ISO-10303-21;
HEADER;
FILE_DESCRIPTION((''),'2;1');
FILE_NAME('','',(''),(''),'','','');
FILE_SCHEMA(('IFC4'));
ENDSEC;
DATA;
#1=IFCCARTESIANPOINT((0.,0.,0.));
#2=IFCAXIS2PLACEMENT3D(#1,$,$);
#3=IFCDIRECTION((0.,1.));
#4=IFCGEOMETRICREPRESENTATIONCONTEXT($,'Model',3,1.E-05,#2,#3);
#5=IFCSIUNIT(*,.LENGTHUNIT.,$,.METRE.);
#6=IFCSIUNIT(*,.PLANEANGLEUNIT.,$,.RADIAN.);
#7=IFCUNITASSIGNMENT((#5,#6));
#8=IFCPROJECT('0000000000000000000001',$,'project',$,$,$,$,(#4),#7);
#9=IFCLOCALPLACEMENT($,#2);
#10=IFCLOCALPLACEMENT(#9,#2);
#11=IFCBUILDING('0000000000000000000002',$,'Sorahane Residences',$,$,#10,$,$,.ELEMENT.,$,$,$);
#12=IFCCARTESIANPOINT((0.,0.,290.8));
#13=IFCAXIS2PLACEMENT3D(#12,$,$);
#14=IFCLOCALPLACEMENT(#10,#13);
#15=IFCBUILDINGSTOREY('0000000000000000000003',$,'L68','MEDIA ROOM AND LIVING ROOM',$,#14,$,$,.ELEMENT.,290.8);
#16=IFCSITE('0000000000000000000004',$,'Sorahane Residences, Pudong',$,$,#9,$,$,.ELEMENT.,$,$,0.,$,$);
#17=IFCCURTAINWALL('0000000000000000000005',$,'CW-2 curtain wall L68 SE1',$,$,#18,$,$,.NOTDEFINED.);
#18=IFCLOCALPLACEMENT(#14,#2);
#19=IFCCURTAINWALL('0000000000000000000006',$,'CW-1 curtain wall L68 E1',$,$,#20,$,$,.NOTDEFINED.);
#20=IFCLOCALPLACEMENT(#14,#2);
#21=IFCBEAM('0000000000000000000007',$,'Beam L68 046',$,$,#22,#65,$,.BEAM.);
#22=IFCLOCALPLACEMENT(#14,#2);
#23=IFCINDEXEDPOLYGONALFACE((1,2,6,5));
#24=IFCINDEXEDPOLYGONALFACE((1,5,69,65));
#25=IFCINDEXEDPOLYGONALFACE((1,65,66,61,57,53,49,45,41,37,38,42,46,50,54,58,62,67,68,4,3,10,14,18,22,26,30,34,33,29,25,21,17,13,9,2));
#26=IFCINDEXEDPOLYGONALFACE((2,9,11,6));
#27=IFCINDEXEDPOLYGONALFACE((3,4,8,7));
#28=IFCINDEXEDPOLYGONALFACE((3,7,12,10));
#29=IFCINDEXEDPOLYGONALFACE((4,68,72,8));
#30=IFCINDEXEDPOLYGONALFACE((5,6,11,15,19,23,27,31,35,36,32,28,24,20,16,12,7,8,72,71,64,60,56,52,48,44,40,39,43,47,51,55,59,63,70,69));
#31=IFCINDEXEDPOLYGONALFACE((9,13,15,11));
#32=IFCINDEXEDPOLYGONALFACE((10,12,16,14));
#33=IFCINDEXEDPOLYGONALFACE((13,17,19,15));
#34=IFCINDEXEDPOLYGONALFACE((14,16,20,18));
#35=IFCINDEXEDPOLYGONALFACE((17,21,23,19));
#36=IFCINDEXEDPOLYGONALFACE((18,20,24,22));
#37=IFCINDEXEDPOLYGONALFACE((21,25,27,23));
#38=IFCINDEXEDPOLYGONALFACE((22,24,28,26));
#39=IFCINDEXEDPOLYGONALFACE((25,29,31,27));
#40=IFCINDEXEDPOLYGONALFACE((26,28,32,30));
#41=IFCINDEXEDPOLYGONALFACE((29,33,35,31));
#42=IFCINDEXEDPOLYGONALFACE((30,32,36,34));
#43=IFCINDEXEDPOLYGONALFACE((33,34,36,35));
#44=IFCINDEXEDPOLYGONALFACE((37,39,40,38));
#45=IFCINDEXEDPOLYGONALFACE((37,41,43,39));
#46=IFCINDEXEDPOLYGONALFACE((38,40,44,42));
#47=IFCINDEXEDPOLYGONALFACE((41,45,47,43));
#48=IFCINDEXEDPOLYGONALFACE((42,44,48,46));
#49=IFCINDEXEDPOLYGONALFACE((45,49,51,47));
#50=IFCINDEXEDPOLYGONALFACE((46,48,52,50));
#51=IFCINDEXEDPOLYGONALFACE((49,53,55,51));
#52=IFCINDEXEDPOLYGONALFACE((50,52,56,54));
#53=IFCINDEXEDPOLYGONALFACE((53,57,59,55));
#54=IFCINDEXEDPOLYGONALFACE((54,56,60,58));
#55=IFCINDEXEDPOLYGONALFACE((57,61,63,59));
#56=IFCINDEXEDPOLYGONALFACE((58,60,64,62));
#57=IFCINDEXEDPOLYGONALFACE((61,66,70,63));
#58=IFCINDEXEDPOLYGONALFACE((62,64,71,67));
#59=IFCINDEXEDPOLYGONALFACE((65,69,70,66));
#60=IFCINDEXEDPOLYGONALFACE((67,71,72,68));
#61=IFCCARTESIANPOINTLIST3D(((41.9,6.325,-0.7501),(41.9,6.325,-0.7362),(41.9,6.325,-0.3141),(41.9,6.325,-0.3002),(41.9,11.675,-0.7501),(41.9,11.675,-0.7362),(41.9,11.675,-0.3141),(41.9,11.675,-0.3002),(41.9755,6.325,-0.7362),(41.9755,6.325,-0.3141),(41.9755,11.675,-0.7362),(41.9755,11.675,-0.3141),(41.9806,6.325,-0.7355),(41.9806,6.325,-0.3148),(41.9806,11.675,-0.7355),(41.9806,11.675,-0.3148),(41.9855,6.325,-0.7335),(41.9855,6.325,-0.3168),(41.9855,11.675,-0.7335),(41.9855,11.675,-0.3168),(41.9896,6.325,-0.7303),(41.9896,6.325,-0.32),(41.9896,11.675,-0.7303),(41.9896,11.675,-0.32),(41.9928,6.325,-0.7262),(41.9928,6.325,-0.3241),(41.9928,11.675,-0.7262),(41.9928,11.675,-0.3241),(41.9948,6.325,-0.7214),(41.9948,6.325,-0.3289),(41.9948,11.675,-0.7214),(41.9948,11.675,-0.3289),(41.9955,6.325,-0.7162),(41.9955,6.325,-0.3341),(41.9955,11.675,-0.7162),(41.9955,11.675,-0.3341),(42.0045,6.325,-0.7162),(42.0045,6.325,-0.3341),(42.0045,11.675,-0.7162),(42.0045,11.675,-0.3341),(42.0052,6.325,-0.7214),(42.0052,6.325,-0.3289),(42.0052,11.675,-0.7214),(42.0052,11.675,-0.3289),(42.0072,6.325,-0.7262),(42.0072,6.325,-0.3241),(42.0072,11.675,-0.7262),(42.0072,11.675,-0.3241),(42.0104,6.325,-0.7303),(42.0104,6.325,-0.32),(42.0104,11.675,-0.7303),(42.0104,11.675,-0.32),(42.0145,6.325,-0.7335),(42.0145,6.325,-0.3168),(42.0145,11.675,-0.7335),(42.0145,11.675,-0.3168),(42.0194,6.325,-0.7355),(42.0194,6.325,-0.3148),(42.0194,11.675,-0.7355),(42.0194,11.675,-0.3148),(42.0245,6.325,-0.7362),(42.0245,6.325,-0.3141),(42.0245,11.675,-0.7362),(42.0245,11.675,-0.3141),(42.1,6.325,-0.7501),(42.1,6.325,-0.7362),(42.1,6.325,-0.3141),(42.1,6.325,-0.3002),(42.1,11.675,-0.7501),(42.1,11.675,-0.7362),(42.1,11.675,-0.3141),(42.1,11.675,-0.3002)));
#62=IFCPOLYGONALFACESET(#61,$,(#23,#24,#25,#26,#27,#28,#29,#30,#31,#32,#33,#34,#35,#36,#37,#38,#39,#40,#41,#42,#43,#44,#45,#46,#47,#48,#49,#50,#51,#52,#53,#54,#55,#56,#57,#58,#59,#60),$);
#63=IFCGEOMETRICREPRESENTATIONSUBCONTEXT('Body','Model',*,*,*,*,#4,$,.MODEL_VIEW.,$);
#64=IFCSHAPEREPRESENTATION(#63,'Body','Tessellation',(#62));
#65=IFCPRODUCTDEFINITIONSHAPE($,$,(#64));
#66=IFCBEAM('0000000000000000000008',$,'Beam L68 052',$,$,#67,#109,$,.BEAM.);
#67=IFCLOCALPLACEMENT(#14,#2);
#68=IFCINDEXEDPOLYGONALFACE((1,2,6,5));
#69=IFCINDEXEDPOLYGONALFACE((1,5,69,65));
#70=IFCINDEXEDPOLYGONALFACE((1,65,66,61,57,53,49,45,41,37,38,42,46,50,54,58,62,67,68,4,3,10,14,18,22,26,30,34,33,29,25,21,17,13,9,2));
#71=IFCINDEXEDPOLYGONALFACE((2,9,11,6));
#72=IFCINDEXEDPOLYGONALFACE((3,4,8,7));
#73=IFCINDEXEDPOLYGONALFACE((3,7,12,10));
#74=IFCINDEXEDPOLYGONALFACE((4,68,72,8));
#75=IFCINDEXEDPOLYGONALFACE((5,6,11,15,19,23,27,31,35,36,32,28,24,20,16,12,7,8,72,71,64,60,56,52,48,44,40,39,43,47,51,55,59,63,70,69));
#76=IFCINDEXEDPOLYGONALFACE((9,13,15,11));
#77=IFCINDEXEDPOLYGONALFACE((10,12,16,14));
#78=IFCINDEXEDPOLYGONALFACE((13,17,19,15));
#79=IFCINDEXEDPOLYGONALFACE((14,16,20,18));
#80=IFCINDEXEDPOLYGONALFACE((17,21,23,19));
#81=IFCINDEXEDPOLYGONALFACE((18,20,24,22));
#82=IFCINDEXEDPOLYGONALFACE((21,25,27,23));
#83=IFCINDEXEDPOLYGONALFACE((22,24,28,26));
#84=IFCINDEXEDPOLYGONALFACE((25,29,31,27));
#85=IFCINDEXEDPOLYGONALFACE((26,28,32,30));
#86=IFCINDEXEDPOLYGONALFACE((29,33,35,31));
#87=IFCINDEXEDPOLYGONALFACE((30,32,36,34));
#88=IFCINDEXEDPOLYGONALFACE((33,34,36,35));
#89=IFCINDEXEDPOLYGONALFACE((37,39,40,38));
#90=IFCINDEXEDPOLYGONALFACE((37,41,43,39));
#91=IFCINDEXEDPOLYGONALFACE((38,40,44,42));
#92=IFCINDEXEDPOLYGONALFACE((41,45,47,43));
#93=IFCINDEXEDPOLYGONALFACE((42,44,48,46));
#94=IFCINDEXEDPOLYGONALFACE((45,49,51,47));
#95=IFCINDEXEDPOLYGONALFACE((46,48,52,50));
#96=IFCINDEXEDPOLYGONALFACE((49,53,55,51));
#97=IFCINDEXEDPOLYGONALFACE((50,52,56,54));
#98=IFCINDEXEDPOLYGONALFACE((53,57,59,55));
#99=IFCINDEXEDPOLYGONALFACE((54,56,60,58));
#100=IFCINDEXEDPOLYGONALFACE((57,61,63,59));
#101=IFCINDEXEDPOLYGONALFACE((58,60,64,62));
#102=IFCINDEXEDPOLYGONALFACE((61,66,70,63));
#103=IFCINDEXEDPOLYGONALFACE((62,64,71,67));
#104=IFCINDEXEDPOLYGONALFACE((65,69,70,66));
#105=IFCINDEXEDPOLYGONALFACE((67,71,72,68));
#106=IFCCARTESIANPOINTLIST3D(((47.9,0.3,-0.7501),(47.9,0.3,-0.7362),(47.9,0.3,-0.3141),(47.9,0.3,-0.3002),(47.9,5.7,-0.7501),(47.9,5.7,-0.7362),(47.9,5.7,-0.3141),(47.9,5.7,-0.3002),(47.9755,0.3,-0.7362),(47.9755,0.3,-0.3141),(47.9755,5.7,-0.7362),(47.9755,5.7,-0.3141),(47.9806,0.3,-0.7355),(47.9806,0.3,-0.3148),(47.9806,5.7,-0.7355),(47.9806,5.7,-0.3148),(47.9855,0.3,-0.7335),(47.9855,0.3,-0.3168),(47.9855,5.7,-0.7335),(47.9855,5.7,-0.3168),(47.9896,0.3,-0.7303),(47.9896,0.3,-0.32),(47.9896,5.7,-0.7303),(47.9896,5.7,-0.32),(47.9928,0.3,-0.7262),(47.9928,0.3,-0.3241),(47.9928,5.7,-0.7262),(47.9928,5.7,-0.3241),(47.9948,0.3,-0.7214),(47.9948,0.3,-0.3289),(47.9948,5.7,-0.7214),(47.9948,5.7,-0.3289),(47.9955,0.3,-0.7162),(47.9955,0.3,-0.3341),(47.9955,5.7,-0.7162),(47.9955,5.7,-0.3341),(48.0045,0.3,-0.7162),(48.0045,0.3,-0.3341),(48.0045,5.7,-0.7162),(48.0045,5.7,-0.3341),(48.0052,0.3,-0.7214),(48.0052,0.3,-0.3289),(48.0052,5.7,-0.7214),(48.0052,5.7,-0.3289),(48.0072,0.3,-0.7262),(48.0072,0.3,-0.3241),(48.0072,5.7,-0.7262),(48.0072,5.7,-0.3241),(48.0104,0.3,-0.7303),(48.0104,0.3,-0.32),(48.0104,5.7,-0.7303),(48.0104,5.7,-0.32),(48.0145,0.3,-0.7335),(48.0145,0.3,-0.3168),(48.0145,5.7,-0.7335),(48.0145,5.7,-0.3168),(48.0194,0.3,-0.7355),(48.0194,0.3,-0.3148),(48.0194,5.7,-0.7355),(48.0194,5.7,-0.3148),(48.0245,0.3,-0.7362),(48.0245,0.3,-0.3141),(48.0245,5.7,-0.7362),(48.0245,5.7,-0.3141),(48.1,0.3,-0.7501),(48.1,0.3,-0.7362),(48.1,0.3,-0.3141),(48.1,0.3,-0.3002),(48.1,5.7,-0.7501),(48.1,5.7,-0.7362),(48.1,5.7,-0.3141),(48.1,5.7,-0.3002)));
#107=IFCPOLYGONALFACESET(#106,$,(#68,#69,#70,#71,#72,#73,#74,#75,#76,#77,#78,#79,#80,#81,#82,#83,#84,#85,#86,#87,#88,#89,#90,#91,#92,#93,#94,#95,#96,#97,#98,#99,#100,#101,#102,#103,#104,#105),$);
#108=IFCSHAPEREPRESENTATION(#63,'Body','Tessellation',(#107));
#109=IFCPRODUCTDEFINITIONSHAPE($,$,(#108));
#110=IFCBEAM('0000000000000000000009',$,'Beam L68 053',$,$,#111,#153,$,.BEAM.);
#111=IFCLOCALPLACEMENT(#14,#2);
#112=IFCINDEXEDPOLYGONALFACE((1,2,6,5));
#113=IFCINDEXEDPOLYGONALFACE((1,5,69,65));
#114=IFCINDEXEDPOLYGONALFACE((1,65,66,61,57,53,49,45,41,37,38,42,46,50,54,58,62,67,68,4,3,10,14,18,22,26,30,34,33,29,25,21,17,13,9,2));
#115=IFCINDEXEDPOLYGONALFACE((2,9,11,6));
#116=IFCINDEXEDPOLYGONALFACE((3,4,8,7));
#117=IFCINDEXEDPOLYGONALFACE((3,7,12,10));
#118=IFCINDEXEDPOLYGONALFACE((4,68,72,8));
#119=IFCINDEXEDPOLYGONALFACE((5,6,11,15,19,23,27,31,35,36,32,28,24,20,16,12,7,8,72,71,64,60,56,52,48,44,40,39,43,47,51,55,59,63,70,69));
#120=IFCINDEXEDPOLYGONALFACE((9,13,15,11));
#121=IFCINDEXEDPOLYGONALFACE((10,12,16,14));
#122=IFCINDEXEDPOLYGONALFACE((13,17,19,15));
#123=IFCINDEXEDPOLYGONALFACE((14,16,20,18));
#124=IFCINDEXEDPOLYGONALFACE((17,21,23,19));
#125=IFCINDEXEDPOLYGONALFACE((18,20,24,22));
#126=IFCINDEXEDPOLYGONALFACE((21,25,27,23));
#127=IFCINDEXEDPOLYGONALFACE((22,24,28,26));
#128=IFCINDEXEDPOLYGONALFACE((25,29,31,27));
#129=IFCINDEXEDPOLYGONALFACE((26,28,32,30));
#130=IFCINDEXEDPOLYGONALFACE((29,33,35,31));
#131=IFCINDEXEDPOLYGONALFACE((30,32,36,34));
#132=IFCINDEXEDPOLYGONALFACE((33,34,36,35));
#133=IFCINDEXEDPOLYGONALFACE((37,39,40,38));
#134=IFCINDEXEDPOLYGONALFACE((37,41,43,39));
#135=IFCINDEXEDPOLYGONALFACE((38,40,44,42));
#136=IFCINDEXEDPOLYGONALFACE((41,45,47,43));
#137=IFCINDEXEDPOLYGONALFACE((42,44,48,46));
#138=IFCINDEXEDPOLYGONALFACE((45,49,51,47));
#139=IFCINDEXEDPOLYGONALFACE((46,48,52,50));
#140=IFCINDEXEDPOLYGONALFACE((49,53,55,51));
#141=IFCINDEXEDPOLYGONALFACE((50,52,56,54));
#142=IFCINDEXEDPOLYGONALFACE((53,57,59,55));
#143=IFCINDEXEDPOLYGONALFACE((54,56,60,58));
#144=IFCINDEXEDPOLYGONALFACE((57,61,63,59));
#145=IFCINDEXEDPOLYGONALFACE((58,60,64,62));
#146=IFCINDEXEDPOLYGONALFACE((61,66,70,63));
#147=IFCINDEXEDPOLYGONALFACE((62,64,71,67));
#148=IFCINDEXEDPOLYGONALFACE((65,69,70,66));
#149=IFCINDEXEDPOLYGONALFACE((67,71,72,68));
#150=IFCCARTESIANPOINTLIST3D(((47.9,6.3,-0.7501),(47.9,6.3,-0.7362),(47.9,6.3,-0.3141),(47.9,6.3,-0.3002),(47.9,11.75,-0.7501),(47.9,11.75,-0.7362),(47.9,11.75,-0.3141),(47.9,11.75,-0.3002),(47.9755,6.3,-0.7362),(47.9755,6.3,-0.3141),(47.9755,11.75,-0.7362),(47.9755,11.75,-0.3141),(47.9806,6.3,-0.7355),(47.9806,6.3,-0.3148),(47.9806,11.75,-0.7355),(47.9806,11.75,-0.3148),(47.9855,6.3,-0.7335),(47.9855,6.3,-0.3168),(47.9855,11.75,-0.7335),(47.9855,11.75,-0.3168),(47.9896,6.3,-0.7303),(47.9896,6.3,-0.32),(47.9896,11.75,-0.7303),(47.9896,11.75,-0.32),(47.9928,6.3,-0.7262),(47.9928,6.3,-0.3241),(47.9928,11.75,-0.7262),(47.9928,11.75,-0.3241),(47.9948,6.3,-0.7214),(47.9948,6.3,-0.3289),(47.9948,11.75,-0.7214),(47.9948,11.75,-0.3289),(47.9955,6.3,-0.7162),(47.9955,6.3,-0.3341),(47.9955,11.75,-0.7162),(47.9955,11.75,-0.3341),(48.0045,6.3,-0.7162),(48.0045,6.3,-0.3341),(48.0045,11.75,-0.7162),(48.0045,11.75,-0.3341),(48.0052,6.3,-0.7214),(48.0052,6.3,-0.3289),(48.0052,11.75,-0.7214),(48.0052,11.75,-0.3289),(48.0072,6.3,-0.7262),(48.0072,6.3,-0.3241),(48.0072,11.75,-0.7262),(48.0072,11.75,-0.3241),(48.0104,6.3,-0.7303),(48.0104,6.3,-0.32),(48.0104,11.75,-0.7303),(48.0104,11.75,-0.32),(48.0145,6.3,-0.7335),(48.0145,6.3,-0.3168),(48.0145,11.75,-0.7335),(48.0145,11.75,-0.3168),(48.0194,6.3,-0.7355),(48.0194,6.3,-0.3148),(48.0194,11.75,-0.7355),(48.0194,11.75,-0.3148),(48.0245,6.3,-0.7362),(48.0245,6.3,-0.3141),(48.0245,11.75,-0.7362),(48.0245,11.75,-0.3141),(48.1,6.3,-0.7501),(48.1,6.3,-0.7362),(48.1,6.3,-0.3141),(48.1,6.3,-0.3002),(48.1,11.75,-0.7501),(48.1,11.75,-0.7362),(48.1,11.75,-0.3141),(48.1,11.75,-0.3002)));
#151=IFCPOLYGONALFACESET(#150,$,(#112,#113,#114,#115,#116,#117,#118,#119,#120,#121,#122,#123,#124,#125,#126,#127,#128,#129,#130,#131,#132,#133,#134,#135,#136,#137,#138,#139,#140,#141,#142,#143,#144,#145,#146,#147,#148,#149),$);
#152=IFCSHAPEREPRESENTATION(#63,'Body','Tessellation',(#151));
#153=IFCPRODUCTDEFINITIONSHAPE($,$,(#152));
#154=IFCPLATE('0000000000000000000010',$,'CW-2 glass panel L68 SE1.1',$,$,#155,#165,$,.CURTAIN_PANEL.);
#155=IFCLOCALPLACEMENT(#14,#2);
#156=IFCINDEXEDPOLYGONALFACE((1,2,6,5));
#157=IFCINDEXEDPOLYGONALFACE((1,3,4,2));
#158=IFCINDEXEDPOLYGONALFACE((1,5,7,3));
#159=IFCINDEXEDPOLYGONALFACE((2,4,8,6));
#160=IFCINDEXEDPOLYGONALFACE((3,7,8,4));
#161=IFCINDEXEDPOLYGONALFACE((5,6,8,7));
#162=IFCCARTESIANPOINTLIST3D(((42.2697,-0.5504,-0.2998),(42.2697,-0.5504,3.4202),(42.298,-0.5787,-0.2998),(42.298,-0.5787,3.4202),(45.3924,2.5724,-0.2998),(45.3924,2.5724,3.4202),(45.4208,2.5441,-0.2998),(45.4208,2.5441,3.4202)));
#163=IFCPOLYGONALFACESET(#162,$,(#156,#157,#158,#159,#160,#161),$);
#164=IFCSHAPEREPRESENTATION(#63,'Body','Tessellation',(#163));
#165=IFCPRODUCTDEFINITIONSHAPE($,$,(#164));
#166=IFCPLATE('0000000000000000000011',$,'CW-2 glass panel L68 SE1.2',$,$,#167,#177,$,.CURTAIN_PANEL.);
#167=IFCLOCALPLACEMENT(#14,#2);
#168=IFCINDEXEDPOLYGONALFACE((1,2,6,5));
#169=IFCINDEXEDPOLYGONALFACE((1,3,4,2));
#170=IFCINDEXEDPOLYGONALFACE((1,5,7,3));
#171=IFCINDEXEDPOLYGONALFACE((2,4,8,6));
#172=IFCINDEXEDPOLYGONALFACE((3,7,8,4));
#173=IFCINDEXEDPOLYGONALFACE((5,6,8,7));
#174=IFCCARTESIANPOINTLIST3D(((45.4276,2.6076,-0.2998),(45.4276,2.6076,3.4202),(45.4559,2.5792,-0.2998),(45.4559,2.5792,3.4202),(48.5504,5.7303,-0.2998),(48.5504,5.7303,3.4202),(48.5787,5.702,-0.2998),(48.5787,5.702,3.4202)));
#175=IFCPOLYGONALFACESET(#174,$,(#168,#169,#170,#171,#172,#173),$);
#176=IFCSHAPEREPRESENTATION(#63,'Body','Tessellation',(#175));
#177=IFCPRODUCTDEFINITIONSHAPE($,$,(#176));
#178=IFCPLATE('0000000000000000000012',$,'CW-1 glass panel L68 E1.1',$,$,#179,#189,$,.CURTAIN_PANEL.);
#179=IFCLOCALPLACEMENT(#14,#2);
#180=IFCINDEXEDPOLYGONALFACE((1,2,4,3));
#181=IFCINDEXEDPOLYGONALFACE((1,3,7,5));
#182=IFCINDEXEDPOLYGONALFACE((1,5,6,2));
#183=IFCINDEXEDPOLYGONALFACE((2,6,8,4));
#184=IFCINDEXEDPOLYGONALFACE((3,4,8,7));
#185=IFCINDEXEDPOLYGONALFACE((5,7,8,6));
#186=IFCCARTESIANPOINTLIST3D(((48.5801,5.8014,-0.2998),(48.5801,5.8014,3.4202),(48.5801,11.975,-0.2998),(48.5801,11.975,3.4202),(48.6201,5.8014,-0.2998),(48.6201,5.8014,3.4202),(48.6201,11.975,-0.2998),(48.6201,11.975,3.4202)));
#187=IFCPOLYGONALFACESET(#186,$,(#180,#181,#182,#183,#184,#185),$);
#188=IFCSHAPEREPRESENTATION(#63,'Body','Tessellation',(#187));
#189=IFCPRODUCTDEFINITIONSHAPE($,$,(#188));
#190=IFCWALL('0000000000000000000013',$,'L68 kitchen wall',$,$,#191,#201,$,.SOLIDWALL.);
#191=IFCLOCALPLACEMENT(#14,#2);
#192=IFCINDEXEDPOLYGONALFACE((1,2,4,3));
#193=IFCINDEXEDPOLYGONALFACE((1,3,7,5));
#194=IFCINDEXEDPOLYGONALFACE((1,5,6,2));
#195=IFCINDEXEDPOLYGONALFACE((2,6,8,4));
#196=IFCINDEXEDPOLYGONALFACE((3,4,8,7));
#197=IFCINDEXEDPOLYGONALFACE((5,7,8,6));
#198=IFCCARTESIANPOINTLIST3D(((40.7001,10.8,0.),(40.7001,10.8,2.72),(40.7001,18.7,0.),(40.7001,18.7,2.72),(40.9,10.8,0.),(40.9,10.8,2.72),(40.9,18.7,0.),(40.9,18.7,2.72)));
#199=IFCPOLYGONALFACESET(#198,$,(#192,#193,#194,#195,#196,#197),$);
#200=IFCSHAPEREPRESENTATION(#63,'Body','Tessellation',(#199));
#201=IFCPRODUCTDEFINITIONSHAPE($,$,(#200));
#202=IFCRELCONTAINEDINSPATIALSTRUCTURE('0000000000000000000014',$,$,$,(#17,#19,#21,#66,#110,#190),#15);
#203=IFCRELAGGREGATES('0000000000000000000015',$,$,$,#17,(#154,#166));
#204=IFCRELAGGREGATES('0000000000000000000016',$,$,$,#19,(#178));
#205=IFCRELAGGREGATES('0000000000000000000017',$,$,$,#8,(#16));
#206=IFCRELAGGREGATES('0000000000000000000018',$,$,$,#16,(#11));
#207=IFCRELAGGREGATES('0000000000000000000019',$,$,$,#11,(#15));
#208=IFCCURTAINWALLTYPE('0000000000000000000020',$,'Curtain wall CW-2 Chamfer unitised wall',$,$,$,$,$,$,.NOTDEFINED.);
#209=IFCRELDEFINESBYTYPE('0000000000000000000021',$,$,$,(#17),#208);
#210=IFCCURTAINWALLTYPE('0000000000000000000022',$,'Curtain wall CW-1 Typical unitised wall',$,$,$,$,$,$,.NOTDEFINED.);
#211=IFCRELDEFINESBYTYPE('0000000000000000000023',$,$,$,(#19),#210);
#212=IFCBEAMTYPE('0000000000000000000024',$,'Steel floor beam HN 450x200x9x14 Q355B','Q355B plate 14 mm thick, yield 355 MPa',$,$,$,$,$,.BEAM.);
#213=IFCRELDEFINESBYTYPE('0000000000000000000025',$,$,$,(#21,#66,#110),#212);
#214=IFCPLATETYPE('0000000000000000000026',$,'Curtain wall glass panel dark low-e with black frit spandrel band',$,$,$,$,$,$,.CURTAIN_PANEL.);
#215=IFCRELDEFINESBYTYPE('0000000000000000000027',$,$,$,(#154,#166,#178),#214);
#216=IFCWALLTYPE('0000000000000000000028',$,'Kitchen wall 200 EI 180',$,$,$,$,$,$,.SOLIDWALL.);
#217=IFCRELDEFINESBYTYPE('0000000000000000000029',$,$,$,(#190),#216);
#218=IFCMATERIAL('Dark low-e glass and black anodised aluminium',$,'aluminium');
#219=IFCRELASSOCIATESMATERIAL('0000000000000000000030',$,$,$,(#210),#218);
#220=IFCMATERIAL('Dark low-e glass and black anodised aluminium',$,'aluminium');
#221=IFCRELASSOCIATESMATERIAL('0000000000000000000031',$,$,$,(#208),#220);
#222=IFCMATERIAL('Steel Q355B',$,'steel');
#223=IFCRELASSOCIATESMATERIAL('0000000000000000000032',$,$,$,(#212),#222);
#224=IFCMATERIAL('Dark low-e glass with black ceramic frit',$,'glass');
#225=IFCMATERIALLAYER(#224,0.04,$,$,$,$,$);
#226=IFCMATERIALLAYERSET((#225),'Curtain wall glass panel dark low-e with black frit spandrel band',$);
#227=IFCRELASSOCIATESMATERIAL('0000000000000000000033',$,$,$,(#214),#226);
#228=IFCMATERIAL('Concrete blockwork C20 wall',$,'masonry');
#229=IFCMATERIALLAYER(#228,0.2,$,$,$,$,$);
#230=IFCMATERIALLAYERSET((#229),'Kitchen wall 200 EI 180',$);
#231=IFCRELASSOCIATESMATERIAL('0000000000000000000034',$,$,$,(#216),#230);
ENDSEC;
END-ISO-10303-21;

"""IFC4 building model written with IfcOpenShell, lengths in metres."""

from ifc_helpers import new_model, si_unit, direction, frame, frame_2d, origin, origin_2d, place, context, subcontext, project, spatial, rectangle, i_section, extrude, material, layer, layer_set, material_profile, profile_set, type_object, element, aggregate, save


model = new_model("IFC4")

# Units and contexts
model_context = context("Model", 3, precision=1e-05, world=origin(), true_north=direction((0.0, 1.0)))
body_context = subcontext(model_context, "Body", "Model", "MODEL_VIEW")
ifc_project = project(units=[si_unit("LENGTHUNIT", "METRE"), si_unit("PLANEANGLEUNIT", "RADIAN")], contexts=[model_context])

# Site, building, storey
site_placement = place(None, origin())
site = spatial("IfcSite", under=ifc_project, at=site_placement, Name="Sorahane Residences, Pudong", CompositionType="ELEMENT", RefElevation=0.0)
building_placement = place(site_placement, origin())
building = spatial("IfcBuilding", under=site, at=building_placement, Name="Sorahane Residences", CompositionType="ELEMENT")
storey_placement = place(building_placement, frame((0.0, 0.0, 290.8)))
storey = spatial("IfcBuildingStorey", under=building, at=storey_placement, Name="L68", Description="MEDIA ROOM AND LIVING ROOM", CompositionType="ELEMENT", Elevation=290.8)

# Shared definitions
ifc_material_1 = material(Name="Dark low-e glass and black anodised aluminium", Category="aluminium")
curtain_wall_type_1 = type_object("IfcCurtainWallType", Name="Curtain wall CW-1 Typical unitised wall", PredefinedType="NOTDEFINED", material=ifc_material_1)

# Curtain wall
ifc_material_2 = material(Name="Dark low-e glass and black anodised aluminium", Category="aluminium")
curtain_wall_type_2 = type_object("IfcCurtainWallType", Name="Curtain wall CW-2 Chamfer unitised wall", PredefinedType="NOTDEFINED", material=ifc_material_2)
curtain_wall_1_placement = place(storey_placement, origin())
curtain_wall_1 = element("IfcCurtainWall", 1, at=curtain_wall_1_placement, inside=storey, type_object=curtain_wall_type_2, Name="CW-2 curtain wall L68 SE1", PredefinedType="NOTDEFINED")

# Curtain wall
curtain_wall_2_placement = place(storey_placement, origin())
curtain_wall_2 = element("IfcCurtainWall", 2, at=curtain_wall_2_placement, inside=storey, type_object=curtain_wall_type_1, Name="CW-1 curtain wall L68 E1", PredefinedType="NOTDEFINED")

# Beams
ifc_material_3 = material(Name="Steel Q355B", Category="steel")
ifc_material_profile_1 = material_profile(ifc_material_3, i_section(OverallWidth=0.2, OverallDepth=0.45, WebThickness=0.009, FlangeThickness=0.0139, FilletRadius=0.02, at=origin_2d()), Name="HN 450x200x9x14")
ifc_profile_set_1 = profile_set([ifc_material_profile_1], Name="Steel Q355B")
beam_type = type_object("IfcBeamType", Name="Steel floor beam HN 450x200x9x14 Q355B", Description="Q355B plate 14 mm thick, yield 355 MPa", PredefinedType="BEAM", material=ifc_profile_set_1)
beam_1_placement = place(storey_placement, frame((42.0, 6.325, -0.5251), z_axis=(0.0, 1.0, 0.0), x_axis=(-1.0, 0.0, 0.0)))
element("IfcBeam", 3, at=beam_1_placement, inside=storey, type_object=beam_type, Name="Beam L68 046", PredefinedType="BEAM", context=body_context, shape_type="SweptSolid", body=[
    extrude(i_section(OverallWidth=0.2, OverallDepth=0.45, WebThickness=0.009, FlangeThickness=0.0139, FilletRadius=0.02, at=origin_2d()), origin(), (0.0, 0.0, 1.0), 5.3501),
])
beam_2_placement = place(storey_placement, frame((48.0, 0.3, -0.5251), z_axis=(0.0, 1.0, 0.0), x_axis=(-1.0, 0.0, 0.0)))
element("IfcBeam", 4, at=beam_2_placement, inside=storey, type_object=beam_type, Name="Beam L68 052", PredefinedType="BEAM", context=body_context, shape_type="SweptSolid", body=[
    extrude(i_section(OverallWidth=0.2, OverallDepth=0.45, WebThickness=0.009, FlangeThickness=0.0139, FilletRadius=0.02, at=origin_2d()), origin(), (0.0, 0.0, 1.0), 5.3999),
])
beam_3_placement = place(storey_placement, frame((48.0, 6.3, -0.5251), z_axis=(0.0, 1.0, 0.0), x_axis=(-1.0, 0.0, 0.0)))
element("IfcBeam", 5, at=beam_3_placement, inside=storey, type_object=beam_type, Name="Beam L68 053", PredefinedType="BEAM", context=body_context, shape_type="SweptSolid", body=[
    extrude(i_section(OverallWidth=0.2, OverallDepth=0.45, WebThickness=0.009, FlangeThickness=0.0139, FilletRadius=0.02, at=origin_2d()), origin(), (0.0, 0.0, 1.0), 5.45),
])

# Plates
ifc_material_4 = material(Name="Dark low-e glass with black ceramic frit", Category="glass")
ifc_layer_1 = layer(ifc_material_4, 0.04)
ifc_layer_set_1 = layer_set([ifc_layer_1], Name="Curtain wall glass panel dark low-e with black frit spandrel band")
plate_type = type_object("IfcPlateType", Name="Curtain wall glass panel dark low-e with black frit spandrel band", PredefinedType="CURTAIN_PANEL", material=ifc_layer_set_1)
plate_1_placement = place(storey_placement, frame((43.8452, 0.9968, -0.2998), z_axis=(0.0, 0.0, 1.0), x_axis=(0.707107, 0.707107, 0.0)))
plate_1 = element("IfcPlate", 6, at=plate_1_placement, type_object=plate_type, Name="CW-2 glass panel L68 SE1.1", PredefinedType="CURTAIN_PANEL", context=body_context, shape_type="SweptSolid", body=[
    extrude(rectangle(XDim=4.4163, YDim=0.04, at=origin_2d()), origin(), (0.0, 0.0, 1.0), 3.72),
])
plate_2_placement = place(storey_placement, frame((47.0032, 4.1548, -0.2998), z_axis=(0.0, 0.0, 1.0), x_axis=(0.707107, 0.707107, 0.0)))
plate_2 = element("IfcPlate", 7, at=plate_2_placement, type_object=plate_type, Name="CW-2 glass panel L68 SE1.2", PredefinedType="CURTAIN_PANEL", context=body_context, shape_type="SweptSolid", body=[
    extrude(rectangle(XDim=4.4163, YDim=0.04, at=origin_2d()), origin(), (0.0, 0.0, 1.0), 3.72),
])
aggregate(curtain_wall_1, [plate_1, plate_2])
plate_3_placement = place(storey_placement, frame((48.6001, 8.8882, -0.2998), z_axis=(0.0, 0.0, 1.0), x_axis=(0.0, 1.0, 0.0)))
plate_3 = element("IfcPlate", 8, at=plate_3_placement, type_object=plate_type, Name="CW-1 glass panel L68 E1.1", PredefinedType="CURTAIN_PANEL", context=body_context, shape_type="SweptSolid", body=[
    extrude(rectangle(XDim=6.1736, YDim=0.04, at=origin_2d()), origin(), (0.0, 0.0, 1.0), 3.72),
])
aggregate(curtain_wall_2, [plate_3])

# Wall
ifc_material_5 = material(Name="Concrete blockwork C20 wall", Category="masonry")
ifc_layer_2 = layer(ifc_material_5, 0.2)
ifc_layer_set_2 = layer_set([ifc_layer_2], Name="Kitchen wall 200 EI 180")
wall_type_1 = type_object("IfcWallType", Name="Kitchen wall 200 EI 180", PredefinedType="SOLIDWALL", material=ifc_layer_set_2)
wall_1_placement = place(storey_placement, frame((40.8, 10.8, 0.0), z_axis=(0.0, 0.0, 1.0), x_axis=(0.0, 1.0, 0.0)))
element("IfcWall", 9, at=wall_1_placement, inside=storey, type_object=wall_type_1, Name="L68 kitchen wall", PredefinedType="SOLIDWALL", context=body_context, shape_type="SweptSolid", body=[
    extrude(rectangle(XDim=7.8999, YDim=0.2, at=frame_2d((3.95, 0.0))), origin(), (0.0, 0.0, 1.0), 2.72),
])

save(model, "model.ifc")
